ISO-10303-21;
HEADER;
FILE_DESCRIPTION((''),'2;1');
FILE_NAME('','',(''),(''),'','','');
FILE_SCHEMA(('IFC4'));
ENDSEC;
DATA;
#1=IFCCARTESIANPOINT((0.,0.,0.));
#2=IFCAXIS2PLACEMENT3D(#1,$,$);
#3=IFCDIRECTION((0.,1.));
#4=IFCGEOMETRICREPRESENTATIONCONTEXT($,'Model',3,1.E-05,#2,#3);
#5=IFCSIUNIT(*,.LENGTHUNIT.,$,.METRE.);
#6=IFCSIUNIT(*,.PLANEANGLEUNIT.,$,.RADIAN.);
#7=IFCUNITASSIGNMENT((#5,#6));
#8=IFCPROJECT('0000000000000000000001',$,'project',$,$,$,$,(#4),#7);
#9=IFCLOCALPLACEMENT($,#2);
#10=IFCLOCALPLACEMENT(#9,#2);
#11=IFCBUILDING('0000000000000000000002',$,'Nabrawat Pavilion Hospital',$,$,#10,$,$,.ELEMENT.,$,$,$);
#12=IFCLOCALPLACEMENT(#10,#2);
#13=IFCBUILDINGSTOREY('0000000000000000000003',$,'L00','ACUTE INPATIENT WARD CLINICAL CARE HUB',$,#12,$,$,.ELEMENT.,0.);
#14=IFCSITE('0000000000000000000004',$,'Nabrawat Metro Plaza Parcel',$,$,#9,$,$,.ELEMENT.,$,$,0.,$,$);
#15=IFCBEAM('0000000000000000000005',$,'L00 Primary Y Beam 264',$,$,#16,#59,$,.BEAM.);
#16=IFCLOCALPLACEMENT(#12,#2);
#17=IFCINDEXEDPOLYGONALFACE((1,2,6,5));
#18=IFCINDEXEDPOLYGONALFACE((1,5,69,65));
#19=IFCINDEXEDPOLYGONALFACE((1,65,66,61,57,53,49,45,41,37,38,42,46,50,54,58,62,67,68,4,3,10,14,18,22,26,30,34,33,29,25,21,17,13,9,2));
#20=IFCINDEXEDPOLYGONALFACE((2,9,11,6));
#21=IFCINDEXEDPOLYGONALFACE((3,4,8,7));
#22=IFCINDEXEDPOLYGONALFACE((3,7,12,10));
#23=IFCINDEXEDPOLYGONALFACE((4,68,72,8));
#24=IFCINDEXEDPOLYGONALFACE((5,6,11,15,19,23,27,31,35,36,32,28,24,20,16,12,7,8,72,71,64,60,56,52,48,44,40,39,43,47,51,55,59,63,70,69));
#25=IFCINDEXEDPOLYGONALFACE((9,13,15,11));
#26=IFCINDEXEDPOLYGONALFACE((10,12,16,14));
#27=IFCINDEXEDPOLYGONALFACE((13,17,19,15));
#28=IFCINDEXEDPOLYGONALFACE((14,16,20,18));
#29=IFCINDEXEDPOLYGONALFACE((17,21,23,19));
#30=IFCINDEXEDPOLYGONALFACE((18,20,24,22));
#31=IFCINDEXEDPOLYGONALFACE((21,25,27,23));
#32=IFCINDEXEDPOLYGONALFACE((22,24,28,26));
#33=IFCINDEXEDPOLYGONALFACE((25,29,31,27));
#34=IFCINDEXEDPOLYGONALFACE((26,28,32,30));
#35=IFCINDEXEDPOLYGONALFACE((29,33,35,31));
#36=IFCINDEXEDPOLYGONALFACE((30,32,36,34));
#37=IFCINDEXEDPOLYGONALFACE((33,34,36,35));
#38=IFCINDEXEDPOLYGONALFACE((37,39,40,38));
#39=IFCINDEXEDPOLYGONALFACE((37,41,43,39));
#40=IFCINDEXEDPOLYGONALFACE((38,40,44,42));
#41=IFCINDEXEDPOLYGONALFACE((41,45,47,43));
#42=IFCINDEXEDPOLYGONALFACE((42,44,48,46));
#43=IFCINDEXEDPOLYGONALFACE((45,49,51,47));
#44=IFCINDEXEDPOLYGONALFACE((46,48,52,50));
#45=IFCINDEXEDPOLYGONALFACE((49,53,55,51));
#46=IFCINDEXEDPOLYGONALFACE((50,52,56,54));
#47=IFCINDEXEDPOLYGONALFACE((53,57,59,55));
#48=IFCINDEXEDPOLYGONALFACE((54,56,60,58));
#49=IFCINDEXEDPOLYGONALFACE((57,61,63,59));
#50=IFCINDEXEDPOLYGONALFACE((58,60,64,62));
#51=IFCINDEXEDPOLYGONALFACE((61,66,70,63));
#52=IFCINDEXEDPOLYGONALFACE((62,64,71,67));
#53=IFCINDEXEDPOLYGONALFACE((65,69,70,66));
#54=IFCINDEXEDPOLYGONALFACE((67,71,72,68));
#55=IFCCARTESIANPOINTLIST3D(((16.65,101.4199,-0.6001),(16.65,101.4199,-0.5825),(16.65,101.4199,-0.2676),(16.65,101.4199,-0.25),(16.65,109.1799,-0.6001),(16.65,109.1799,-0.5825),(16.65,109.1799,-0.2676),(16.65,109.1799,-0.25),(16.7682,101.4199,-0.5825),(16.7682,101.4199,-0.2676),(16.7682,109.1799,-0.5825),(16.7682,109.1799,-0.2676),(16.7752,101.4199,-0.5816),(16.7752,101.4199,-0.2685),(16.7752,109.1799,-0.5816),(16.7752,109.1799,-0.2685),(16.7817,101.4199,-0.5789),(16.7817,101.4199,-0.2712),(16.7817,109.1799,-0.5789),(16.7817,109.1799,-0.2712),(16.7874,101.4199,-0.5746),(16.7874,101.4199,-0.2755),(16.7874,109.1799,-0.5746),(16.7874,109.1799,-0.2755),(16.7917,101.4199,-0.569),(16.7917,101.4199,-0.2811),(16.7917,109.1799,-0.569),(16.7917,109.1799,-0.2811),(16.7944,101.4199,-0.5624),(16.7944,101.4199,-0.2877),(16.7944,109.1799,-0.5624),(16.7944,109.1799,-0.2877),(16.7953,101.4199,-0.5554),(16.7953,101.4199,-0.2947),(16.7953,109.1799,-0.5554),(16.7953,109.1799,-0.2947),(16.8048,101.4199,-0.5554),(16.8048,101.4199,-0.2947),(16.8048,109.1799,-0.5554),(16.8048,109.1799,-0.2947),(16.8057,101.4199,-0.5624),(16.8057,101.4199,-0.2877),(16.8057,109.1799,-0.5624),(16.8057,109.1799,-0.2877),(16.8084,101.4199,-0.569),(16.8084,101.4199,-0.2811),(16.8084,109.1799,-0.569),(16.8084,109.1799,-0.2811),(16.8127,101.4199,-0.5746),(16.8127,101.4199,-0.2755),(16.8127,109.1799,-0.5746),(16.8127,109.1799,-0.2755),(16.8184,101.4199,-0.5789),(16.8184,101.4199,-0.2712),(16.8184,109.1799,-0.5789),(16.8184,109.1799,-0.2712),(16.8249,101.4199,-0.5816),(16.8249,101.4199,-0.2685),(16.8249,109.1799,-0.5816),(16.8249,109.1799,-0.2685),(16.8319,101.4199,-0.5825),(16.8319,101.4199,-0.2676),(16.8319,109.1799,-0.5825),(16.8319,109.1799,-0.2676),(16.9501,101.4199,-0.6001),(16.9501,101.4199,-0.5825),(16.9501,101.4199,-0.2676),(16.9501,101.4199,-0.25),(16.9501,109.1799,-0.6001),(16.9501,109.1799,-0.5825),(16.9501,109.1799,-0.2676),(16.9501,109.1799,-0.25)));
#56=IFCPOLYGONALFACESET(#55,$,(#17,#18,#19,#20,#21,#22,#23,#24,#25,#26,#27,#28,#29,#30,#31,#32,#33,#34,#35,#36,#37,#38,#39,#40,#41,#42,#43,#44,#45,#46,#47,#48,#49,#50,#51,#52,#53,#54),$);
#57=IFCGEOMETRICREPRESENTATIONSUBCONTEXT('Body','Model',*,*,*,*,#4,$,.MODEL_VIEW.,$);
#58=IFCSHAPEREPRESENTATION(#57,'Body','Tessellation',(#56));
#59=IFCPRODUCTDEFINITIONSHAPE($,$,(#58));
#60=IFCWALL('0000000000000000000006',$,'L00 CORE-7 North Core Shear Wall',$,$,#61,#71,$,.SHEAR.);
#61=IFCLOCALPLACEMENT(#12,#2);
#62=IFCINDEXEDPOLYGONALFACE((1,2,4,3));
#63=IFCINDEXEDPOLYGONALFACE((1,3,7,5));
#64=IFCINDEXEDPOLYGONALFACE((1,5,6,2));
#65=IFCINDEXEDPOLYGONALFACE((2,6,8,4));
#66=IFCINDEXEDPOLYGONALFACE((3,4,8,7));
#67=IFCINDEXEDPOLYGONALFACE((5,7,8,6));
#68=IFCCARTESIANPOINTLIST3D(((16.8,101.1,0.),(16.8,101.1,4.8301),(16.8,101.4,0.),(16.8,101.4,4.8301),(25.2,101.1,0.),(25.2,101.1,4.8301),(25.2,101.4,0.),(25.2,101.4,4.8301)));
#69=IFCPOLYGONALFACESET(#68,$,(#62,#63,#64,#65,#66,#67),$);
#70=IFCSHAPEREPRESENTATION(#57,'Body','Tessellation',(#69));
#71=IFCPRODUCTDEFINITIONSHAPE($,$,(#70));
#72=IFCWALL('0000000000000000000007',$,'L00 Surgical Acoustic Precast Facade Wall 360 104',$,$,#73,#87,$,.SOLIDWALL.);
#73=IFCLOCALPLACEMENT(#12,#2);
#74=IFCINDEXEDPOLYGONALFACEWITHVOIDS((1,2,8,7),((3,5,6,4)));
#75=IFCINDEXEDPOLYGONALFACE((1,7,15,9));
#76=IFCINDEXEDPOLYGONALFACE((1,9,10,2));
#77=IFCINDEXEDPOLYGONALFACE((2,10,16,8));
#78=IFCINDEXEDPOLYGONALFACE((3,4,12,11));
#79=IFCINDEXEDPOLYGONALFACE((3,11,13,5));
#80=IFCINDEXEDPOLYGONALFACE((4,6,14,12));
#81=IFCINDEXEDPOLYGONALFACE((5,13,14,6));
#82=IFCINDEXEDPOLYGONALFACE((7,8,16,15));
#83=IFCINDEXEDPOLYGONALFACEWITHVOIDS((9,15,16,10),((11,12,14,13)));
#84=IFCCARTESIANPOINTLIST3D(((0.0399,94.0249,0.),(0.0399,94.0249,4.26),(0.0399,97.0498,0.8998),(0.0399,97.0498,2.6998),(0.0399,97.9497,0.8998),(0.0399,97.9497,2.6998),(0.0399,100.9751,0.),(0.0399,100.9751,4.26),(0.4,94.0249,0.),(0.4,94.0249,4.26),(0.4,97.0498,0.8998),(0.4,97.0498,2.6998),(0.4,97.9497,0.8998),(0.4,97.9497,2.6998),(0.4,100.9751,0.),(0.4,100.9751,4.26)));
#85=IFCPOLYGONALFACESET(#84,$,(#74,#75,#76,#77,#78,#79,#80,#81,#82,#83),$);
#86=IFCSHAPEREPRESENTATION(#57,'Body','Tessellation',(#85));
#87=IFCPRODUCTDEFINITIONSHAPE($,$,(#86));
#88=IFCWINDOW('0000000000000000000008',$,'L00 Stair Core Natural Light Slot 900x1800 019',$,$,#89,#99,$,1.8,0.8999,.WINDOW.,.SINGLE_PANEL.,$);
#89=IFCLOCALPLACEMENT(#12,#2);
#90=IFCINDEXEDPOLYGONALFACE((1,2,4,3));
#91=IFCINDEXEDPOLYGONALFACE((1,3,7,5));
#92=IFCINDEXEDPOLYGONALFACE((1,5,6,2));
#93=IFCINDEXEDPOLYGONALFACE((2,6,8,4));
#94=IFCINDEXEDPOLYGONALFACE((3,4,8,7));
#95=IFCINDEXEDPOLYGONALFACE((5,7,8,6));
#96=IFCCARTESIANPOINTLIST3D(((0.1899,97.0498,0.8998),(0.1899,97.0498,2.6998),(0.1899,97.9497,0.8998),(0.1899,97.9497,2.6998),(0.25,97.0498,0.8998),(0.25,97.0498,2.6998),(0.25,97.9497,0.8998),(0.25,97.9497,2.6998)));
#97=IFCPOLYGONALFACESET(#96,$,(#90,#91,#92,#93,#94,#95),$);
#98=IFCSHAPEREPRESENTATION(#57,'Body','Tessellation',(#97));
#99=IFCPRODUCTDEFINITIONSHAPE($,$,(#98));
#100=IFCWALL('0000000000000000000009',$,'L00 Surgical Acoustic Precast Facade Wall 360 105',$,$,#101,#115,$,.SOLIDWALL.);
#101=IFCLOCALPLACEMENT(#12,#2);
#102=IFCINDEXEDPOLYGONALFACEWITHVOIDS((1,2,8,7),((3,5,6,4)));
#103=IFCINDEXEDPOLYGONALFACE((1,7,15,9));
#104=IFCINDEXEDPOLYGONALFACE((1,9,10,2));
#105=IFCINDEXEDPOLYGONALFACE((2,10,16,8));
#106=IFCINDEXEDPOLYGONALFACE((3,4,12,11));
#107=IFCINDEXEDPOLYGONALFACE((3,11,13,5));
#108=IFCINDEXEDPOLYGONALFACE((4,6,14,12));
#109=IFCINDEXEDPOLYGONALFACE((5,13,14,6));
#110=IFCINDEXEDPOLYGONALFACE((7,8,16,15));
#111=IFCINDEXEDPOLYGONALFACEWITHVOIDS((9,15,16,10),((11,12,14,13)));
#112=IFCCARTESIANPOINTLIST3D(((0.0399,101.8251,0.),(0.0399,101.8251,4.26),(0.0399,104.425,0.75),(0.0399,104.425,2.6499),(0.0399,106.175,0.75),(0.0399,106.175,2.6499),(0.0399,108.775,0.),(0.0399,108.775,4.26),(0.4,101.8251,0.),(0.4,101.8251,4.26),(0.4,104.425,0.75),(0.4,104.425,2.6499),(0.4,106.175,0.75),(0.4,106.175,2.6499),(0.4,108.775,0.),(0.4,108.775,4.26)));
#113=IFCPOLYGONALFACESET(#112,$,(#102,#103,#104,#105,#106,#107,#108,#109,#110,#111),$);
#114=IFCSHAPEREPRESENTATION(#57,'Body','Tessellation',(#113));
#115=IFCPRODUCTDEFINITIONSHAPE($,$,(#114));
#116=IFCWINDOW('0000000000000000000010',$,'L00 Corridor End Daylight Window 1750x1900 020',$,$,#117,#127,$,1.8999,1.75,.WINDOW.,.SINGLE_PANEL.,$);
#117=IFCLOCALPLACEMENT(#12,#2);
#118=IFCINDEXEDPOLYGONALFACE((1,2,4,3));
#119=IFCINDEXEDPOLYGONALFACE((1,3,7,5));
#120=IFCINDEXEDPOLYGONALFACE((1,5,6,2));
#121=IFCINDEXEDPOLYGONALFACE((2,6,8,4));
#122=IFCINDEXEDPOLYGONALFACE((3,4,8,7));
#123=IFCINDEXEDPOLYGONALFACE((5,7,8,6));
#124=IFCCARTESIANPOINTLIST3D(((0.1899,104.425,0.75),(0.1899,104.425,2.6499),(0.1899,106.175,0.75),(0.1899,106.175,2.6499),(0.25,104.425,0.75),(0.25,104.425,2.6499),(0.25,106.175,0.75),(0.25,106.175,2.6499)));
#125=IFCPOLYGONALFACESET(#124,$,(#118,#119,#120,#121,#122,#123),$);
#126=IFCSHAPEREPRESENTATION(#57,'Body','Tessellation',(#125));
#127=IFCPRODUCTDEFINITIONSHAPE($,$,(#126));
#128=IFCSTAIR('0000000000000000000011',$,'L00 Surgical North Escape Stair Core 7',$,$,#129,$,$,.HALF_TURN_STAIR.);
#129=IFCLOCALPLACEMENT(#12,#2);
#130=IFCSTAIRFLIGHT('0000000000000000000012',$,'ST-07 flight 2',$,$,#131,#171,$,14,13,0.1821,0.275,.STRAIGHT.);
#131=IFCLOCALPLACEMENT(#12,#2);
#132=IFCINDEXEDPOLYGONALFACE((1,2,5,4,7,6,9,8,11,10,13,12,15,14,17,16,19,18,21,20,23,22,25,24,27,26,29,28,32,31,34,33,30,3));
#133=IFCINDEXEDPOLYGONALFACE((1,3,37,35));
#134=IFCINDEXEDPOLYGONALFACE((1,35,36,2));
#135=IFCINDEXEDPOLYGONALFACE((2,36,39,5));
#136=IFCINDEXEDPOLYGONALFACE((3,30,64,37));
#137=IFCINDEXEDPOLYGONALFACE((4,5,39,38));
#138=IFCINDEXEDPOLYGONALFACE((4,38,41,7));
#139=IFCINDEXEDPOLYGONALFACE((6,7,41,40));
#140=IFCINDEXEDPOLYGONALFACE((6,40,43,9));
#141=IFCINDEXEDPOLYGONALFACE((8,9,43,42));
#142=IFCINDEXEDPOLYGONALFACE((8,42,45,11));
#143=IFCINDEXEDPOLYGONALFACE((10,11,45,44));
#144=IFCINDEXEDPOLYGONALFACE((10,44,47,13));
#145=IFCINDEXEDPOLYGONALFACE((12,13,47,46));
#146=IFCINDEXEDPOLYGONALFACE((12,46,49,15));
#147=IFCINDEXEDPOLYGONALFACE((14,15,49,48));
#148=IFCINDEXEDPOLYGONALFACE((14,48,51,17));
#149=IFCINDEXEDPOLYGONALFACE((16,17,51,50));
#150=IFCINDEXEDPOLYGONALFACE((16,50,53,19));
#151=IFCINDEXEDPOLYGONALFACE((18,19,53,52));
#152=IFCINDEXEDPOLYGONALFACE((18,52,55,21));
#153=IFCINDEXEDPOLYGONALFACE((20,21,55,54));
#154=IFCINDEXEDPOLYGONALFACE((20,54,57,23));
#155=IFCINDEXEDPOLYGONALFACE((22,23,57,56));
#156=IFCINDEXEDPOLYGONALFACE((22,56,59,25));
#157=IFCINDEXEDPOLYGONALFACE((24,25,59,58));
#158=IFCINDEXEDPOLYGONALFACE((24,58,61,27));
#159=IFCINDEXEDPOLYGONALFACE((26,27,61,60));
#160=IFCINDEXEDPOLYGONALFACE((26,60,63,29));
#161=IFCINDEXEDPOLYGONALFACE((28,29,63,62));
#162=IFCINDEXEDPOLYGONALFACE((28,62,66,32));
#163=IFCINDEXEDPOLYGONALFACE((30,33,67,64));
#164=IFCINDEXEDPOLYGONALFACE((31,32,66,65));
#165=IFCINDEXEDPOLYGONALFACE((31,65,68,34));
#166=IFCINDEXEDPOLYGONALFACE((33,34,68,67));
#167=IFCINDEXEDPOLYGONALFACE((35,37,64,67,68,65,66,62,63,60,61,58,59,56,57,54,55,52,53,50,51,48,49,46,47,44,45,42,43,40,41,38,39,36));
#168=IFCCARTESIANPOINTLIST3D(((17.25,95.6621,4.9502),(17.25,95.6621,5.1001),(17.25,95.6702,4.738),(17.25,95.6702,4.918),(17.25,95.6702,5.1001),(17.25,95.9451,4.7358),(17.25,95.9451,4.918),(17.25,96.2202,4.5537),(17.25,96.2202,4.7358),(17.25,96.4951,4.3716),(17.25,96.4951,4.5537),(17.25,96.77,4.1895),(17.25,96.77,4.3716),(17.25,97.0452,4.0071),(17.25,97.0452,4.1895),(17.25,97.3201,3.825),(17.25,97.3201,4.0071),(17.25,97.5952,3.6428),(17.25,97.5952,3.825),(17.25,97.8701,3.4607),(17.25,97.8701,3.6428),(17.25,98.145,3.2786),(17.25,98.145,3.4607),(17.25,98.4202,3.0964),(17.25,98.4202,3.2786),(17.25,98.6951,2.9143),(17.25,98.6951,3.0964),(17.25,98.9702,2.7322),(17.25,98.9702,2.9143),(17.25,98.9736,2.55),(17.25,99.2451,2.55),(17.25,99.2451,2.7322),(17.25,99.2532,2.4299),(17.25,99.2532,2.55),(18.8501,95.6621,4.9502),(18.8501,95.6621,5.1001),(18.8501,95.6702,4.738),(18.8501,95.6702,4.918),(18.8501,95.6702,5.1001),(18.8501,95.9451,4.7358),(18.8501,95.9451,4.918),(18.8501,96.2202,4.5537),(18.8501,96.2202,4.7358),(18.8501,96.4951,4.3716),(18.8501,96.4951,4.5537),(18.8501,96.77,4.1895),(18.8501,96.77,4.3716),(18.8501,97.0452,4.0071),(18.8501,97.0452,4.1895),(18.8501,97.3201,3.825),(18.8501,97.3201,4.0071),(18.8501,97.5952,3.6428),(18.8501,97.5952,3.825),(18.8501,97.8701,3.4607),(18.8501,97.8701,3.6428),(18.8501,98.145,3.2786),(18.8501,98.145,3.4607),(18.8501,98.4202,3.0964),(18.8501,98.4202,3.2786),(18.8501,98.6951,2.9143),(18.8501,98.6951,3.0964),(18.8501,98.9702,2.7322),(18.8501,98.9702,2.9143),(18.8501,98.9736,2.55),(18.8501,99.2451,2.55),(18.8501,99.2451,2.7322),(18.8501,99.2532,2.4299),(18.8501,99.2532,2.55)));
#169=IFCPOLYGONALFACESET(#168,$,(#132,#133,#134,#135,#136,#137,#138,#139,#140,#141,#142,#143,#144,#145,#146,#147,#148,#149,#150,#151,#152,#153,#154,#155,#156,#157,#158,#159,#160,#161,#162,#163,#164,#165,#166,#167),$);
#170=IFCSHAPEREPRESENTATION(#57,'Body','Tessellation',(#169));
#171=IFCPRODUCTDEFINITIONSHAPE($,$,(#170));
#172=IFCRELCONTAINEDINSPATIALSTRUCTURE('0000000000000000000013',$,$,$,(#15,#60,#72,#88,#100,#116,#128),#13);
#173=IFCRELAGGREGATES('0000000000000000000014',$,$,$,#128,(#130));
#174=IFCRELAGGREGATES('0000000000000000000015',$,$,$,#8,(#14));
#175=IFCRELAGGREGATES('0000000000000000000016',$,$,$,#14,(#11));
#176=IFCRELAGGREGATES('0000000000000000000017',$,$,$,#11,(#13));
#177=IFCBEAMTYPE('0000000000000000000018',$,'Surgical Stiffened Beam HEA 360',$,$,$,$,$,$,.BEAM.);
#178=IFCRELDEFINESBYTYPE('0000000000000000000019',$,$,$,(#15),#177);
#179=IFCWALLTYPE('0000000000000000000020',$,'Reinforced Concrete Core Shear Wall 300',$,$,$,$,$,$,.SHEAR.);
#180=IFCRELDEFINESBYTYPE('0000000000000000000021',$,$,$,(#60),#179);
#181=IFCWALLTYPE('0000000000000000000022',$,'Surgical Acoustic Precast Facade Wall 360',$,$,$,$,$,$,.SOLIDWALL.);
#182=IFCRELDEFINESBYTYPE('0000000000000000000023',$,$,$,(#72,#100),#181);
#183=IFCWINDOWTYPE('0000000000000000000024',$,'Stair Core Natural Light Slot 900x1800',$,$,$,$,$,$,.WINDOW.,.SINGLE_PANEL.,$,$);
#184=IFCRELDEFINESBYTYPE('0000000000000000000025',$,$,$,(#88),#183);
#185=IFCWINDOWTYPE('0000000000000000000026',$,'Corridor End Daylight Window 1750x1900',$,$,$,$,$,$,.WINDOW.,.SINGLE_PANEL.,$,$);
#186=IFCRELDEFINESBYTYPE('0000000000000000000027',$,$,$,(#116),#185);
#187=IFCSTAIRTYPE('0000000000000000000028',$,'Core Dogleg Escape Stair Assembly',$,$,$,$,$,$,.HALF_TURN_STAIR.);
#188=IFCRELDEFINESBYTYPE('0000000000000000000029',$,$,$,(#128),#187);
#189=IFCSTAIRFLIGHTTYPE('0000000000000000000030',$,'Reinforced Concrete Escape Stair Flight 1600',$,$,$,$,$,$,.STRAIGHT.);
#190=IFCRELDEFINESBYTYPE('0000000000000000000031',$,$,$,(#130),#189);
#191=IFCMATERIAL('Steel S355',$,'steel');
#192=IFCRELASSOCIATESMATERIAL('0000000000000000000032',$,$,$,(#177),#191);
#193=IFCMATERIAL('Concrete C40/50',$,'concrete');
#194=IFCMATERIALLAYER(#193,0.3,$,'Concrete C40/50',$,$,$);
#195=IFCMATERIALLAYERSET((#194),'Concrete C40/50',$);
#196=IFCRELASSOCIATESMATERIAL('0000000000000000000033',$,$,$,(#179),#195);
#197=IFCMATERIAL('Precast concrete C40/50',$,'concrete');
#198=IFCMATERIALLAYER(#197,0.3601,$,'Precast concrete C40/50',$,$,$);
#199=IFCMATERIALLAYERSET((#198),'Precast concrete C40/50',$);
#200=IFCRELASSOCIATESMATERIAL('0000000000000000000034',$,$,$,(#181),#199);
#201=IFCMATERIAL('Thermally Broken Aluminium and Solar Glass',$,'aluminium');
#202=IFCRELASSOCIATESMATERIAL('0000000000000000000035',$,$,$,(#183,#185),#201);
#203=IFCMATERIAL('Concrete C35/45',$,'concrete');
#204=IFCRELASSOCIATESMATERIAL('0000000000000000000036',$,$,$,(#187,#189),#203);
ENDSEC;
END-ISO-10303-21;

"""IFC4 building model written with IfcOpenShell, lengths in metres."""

from ifc_helpers import new_model, si_unit, direction, frame, frame_2d, origin, origin_2d, place, context, subcontext, project, spatial, polyline, rectangle, i_section, outline, extrude, material, layer, layer_set, material_profile, profile_set, type_object, element, fill, aggregate, save


model = new_model("IFC4")

# Units and contexts
model_context = context("Model", 3, precision=1e-05, world=origin(), true_north=direction((0.0, 1.0)))
body_context = subcontext(model_context, "Body", "Model", "MODEL_VIEW")
ifc_project = project(units=[si_unit("LENGTHUNIT", "METRE"), si_unit("PLANEANGLEUNIT", "RADIAN")], contexts=[model_context])

# Site, building, storey
site_placement = place(None, origin())
site = spatial("IfcSite", under=ifc_project, at=site_placement, Name="Nabrawat Metro Plaza Parcel", CompositionType="ELEMENT", RefElevation=0.0)
building_placement = place(site_placement, origin())
building = spatial("IfcBuilding", under=site, at=building_placement, Name="Nabrawat Pavilion Hospital", CompositionType="ELEMENT")
storey_placement = place(building_placement, origin())
storey = spatial("IfcBuildingStorey", under=building, at=storey_placement, Name="L00", Description="ACUTE INPATIENT WARD CLINICAL CARE HUB", CompositionType="ELEMENT", Elevation=0.0)

# Shared definitions
ifc_material_1 = material(Name="Concrete C40/50", Category="concrete")

# Beam
ifc_material_2 = material(Name="Steel S355", Category="steel")
ifc_material_profile_1 = material_profile(ifc_material_2, i_section(OverallWidth=0.3, OverallDepth=0.3501, WebThickness=0.0095, FlangeThickness=0.0176, FilletRadius=0.0271, at=origin_2d()), Name="HEA 360")
ifc_profile_set_1 = profile_set([ifc_material_profile_1], Name="Steel S355")
beam_type_1 = type_object("IfcBeamType", Name="Surgical Stiffened Beam HEA 360", PredefinedType="BEAM", material=ifc_profile_set_1)
beam_1_placement = place(storey_placement, frame((16.8, 101.4199, -0.425), z_axis=(0.0, 1.0, 0.0), x_axis=(-1.0, 0.0, 0.0)))
element("IfcBeam", 1, at=beam_1_placement, inside=storey, type_object=beam_type_1, Name="L00 Primary Y Beam 264", PredefinedType="BEAM", context=body_context, shape_type="SweptSolid", body=[
    extrude(i_section(OverallWidth=0.3, OverallDepth=0.3501, WebThickness=0.0095, FlangeThickness=0.0176, FilletRadius=0.0271, at=origin_2d()), origin(), (0.0, 0.0, 1.0), 7.76),
])

# Wall
ifc_layer_1 = layer(ifc_material_1, 0.3, Name="Concrete C40/50")
ifc_layer_set_1 = layer_set([ifc_layer_1], Name="Concrete C40/50")
wall_type_1 = type_object("IfcWallType", Name="Reinforced Concrete Core Shear Wall 300", PredefinedType="SHEAR", material=ifc_layer_set_1)
wall_1_placement = place(storey_placement, frame((16.8, 101.25, 0.0), z_axis=(0.0, 0.0, 1.0), x_axis=(1.0, 0.0, 0.0)))
element("IfcWall", 2, at=wall_1_placement, inside=storey, type_object=wall_type_1, Name="L00 CORE-7 North Core Shear Wall", PredefinedType="SHEAR", context=body_context, shape_type="SweptSolid", body=[
    extrude(rectangle(XDim=8.3999, YDim=0.3, at=frame_2d((4.2, 0.0))), origin(), (0.0, 0.0, 1.0), 4.8301),
])

# Walls, openings, windows
ifc_material_3 = material(Name="Precast concrete C40/50", Category="concrete")
ifc_layer_2 = layer(ifc_material_3, 0.3601, Name="Precast concrete C40/50")
ifc_layer_set_2 = layer_set([ifc_layer_2], Name="Precast concrete C40/50")
wall_type_2 = type_object("IfcWallType", Name="Surgical Acoustic Precast Facade Wall 360", PredefinedType="SOLIDWALL", material=ifc_layer_set_2)
wall_2_placement = place(storey_placement, frame((0.22, 94.0249, 0.0), z_axis=(0.0, 0.0, 1.0), x_axis=(0.0, 1.0, 0.0)))
wall_2 = element("IfcWall", 3, at=wall_2_placement, inside=storey, type_object=wall_type_2, Name="L00 Surgical Acoustic Precast Facade Wall 360 104", PredefinedType="SOLIDWALL", context=body_context, shape_type="SweptSolid", body=[
    extrude(rectangle(XDim=6.9502, YDim=0.3601, at=frame_2d((3.4751, 0.0))), origin(), (0.0, 0.0, 1.0), 4.26),
])
opening_1_placement = place(wall_2_placement, frame((3.0249, 0.0, 0.8999)))
opening_1 = element("IfcOpeningElement", 4, at=opening_1_placement, cuts=wall_2, PredefinedType="OPENING", context=body_context, shape_type="SweptSolid", body=[
    extrude(rectangle(XDim=0.8999, YDim=1.8, at=frame_2d((0.45, 0.8999))), frame((0.0, 0.1899, 0.0), z_axis=(0.0, -1.0, 0.0), x_axis=(1.0, 0.0, 0.0)), (0.0, 0.0, 1.0), 0.3801),
])
ifc_material_4 = material(Name="Thermally Broken Aluminium and Solar Glass", Category="aluminium")
window_type_1 = type_object("IfcWindowType", Name="Stair Core Natural Light Slot 900x1800", PartitioningType="SINGLE_PANEL", PredefinedType="WINDOW", material=ifc_material_4)
window_1_placement = place(opening_1_placement, origin())
window_1 = element("IfcWindow", 5, at=window_1_placement, inside=storey, type_object=window_type_1, Name="L00 Stair Core Natural Light Slot 900x1800 019", OverallHeight=1.8, OverallWidth=0.8999, PartitioningType="SINGLE_PANEL", PredefinedType="WINDOW", context=body_context, shape_type="SweptSolid", body=[
    extrude(rectangle(XDim=0.8999, YDim=1.8, at=frame_2d((0.45, 0.8999))), frame((0.0, 0.03, 0.0), z_axis=(0.0, -1.0, 0.0), x_axis=(1.0, 0.0, 0.0)), (0.0, 0.0, 1.0), 0.0601),
])
fill(opening_1, window_1)
wall_3_placement = place(storey_placement, frame((0.22, 101.825, 0.0), z_axis=(0.0, 0.0, 1.0), x_axis=(0.0, 1.0, 0.0)))
wall_3 = element("IfcWall", 6, at=wall_3_placement, inside=storey, type_object=wall_type_2, Name="L00 Surgical Acoustic Precast Facade Wall 360 105", PredefinedType="SOLIDWALL", context=body_context, shape_type="SweptSolid", body=[
    extrude(rectangle(XDim=6.95, YDim=0.3601, at=frame_2d((3.4751, 0.0))), origin(), (0.0, 0.0, 1.0), 4.26),
])
opening_2_placement = place(wall_3_placement, frame((2.6001, 0.0, 0.75)))
opening_2 = element("IfcOpeningElement", 7, at=opening_2_placement, cuts=wall_3, PredefinedType="OPENING", context=body_context, shape_type="SweptSolid", body=[
    extrude(rectangle(XDim=1.75, YDim=1.8999, at=frame_2d((0.875, 0.95))), frame((0.0, 0.1899, 0.0), z_axis=(0.0, -1.0, 0.0), x_axis=(1.0, 0.0, 0.0)), (0.0, 0.0, 1.0), 0.3801),
])
window_type_2 = type_object("IfcWindowType", Name="Corridor End Daylight Window 1750x1900", PartitioningType="SINGLE_PANEL", PredefinedType="WINDOW", material=ifc_material_4)
window_2_placement = place(opening_2_placement, origin())
window_2 = element("IfcWindow", 8, at=window_2_placement, inside=storey, type_object=window_type_2, Name="L00 Corridor End Daylight Window 1750x1900 020", OverallHeight=1.8999, OverallWidth=1.75, PartitioningType="SINGLE_PANEL", PredefinedType="WINDOW", context=body_context, shape_type="SweptSolid", body=[
    extrude(rectangle(XDim=1.75, YDim=1.8999, at=frame_2d((0.875, 0.95))), frame((0.0, 0.03, 0.0), z_axis=(0.0, -1.0, 0.0), x_axis=(1.0, 0.0, 0.0)), (0.0, 0.0, 1.0), 0.0601),
])
fill(opening_2, window_2)

# Stair, stair flight
ifc_material_5 = material(Name="Concrete C35/45", Category="concrete")
stair_type = type_object("IfcStairType", Name="Core Dogleg Escape Stair Assembly", PredefinedType="HALF_TURN_STAIR", material=ifc_material_5)
stair_placement = place(storey_placement, origin())
stair = element("IfcStair", 9, at=stair_placement, inside=storey, type_object=stair_type, Name="L00 Surgical North Escape Stair Core 7", PredefinedType="HALF_TURN_STAIR")
stair_flight_type = type_object("IfcStairFlightType", Name="Reinforced Concrete Escape Stair Flight 1600", PredefinedType="STRAIGHT", material=ifc_material_5)
stair_flight_placement = place(storey_placement, frame((18.05, 99.2451, 2.55), z_axis=(0.0, 0.0, 1.0), x_axis=(0.0, -1.0, 0.0)))
stair_flight = element("IfcStairFlight", 10, at=stair_flight_placement, type_object=stair_flight_type, Name="ST-07 flight 2", NumberOfRisers=14, NumberOfTreads=13, PredefinedType="STRAIGHT", RiserHeight=0.1821, TreadLength=0.275, context=body_context, shape_type="SweptSolid", body=[
    extrude(outline(polyline([(-0.0081, 0.0), (0.0, 0.0), (0.0, 0.1821), (0.2749, 0.1821), (0.2749, 0.3643), (0.55, 0.3643), (0.55, 0.5464), (0.825, 0.5464), (0.825, 0.7285), (1.1001, 0.7285), (1.1001, 0.9106), (1.375, 0.9106), (1.375, 1.0928), (1.6499, 1.0928), (1.6499, 1.2749), (1.925, 1.2749), (1.925, 1.457), (2.2, 1.457), (2.2, 1.6394), (2.4751, 1.6394), (2.4751, 1.8215), (2.75, 1.8215), (2.75, 2.0037), (3.0249, 2.0037), (3.0249, 2.1858), (3.3, 2.1858), (3.3, 2.3679), (3.575, 2.3679), (3.575, 2.55), (3.583, 2.55), (3.583, 2.4001), (3.575, 2.188), (0.2715, 0.0), (-0.0081, -0.1201), (-0.0081, 0.0)])), frame((0.0, 0.8, 0.0), z_axis=(0.0, -1.0, 0.0), x_axis=(1.0, 0.0, 0.0)), (0.0, 0.0, 1.0), 1.6001),
])
aggregate(stair, [stair_flight])

save(model, "model.ifc")
